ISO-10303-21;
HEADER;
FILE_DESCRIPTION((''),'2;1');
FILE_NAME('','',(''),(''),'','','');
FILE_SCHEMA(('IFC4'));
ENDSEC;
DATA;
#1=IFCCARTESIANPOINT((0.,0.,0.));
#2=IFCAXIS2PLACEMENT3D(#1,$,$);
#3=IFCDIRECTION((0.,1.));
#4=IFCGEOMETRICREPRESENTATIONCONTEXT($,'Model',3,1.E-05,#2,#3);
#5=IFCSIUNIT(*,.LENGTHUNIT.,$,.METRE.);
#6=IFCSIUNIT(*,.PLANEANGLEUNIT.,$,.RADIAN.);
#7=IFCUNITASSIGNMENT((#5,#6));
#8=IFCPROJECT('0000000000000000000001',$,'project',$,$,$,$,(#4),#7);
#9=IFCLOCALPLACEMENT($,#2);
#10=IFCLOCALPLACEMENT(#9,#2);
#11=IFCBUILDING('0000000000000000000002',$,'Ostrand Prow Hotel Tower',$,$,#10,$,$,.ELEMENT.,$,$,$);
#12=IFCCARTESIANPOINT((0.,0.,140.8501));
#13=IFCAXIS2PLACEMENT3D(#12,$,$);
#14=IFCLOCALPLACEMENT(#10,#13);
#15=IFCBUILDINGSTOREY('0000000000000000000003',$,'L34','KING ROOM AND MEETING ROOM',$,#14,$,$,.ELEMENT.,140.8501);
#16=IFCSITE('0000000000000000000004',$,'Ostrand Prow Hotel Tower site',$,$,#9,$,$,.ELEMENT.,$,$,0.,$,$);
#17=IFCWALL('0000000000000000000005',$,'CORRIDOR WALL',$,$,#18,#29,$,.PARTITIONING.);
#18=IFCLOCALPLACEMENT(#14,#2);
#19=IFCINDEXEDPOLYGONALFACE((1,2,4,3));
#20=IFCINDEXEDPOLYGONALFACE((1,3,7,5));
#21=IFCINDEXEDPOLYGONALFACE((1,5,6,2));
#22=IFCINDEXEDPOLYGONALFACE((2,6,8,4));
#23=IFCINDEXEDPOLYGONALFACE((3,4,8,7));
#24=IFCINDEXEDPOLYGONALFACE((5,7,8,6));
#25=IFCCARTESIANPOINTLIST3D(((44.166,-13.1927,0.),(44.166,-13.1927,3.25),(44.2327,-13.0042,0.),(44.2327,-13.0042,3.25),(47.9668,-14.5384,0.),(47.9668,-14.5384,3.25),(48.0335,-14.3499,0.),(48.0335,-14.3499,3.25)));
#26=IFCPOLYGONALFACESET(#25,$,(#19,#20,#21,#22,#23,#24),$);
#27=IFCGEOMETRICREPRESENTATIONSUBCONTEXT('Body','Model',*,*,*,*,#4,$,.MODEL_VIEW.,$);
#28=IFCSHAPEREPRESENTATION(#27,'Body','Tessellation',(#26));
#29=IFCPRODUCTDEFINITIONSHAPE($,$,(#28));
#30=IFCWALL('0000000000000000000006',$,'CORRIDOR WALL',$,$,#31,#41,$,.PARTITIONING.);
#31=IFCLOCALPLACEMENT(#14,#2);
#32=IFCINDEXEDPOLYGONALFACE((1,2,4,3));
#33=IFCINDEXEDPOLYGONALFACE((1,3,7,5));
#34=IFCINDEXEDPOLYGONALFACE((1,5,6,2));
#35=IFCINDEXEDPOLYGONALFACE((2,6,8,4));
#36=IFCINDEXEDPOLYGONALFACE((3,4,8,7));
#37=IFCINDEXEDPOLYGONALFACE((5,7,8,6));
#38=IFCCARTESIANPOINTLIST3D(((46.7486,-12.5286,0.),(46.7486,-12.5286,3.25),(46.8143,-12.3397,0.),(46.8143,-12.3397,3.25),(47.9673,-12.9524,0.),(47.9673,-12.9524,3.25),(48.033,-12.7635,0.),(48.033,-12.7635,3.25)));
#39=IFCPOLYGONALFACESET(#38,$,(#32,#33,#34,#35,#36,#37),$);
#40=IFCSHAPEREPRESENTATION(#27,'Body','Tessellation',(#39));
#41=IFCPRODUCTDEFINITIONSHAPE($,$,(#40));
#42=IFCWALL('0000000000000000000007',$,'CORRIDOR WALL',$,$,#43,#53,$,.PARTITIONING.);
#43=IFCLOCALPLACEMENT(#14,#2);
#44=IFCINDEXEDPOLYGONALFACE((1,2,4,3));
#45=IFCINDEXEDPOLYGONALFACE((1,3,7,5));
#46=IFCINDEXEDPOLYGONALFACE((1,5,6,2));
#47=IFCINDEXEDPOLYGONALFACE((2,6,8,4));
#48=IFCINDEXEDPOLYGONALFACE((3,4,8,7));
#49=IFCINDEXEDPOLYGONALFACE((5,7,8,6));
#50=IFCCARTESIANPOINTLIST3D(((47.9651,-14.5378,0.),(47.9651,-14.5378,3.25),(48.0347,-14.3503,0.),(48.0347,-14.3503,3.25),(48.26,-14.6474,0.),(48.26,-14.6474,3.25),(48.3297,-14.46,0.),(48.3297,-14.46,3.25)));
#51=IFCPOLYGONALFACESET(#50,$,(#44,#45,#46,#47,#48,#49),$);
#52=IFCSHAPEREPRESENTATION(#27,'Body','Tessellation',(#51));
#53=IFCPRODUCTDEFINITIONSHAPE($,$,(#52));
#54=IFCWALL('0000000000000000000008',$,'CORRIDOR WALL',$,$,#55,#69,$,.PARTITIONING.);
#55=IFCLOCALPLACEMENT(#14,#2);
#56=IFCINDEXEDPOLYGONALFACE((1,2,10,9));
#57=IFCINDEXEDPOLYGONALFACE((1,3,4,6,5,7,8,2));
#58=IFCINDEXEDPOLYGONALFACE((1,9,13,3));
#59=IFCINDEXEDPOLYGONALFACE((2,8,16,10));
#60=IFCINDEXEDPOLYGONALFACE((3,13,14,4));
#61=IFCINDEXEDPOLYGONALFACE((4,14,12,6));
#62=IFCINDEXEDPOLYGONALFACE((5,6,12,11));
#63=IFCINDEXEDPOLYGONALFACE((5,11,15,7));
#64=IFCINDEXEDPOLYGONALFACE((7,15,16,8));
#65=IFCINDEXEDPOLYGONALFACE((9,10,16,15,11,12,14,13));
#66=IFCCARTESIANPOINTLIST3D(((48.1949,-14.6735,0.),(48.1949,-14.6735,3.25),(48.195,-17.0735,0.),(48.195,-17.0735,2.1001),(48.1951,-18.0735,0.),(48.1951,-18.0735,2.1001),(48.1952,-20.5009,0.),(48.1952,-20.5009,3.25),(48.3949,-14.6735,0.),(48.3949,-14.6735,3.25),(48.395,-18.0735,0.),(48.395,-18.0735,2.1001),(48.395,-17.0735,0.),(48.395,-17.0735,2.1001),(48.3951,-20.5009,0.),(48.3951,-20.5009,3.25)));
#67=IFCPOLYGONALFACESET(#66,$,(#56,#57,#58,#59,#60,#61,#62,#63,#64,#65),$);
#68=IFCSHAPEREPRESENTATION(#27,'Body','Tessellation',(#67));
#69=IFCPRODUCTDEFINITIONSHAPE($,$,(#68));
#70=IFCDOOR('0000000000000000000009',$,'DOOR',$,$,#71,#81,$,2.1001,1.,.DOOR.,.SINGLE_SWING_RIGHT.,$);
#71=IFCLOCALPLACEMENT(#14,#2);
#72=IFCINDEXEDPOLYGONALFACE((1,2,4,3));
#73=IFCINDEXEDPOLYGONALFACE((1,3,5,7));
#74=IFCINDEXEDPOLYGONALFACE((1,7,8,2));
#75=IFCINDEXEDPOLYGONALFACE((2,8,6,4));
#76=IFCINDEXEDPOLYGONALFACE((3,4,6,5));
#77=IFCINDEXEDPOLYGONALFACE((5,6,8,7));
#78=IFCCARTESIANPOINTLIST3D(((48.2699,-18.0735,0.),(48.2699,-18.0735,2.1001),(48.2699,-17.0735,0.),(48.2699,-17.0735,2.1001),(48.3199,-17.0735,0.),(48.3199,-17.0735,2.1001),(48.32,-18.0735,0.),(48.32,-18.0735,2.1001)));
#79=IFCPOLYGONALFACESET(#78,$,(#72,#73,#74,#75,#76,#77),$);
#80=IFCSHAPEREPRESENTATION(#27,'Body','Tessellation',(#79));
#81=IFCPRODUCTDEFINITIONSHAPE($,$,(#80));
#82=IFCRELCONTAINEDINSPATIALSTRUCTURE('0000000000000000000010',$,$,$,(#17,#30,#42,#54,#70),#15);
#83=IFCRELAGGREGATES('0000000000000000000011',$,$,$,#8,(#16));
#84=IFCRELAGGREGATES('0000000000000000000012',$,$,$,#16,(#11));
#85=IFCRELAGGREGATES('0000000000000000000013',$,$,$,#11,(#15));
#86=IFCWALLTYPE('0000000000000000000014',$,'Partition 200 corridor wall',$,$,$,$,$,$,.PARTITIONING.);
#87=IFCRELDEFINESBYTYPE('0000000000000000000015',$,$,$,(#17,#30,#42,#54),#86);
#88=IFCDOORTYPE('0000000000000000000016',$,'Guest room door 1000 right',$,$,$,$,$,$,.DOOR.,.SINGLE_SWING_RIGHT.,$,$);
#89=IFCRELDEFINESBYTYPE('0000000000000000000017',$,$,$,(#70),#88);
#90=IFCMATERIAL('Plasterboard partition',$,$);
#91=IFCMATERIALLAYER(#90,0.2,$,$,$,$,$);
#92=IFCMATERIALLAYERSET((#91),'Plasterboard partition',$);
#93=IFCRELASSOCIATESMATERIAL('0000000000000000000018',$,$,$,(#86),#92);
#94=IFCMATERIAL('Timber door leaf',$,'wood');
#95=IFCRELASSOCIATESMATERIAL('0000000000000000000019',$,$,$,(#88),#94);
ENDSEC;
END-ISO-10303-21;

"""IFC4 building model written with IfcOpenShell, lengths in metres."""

from ifc_helpers import new_model, si_unit, direction, frame, frame_2d, origin, place, context, subcontext, project, spatial, rectangle, extrude, material, layer, layer_set, type_object, element, fill, save


model = new_model("IFC4")

# Units and contexts
model_context = context("Model", 3, precision=1e-05, world=origin(), true_north=direction((0.0, 1.0)))
body_context = subcontext(model_context, "Body", "Model", "MODEL_VIEW")
ifc_project = project(units=[si_unit("LENGTHUNIT", "METRE"), si_unit("PLANEANGLEUNIT", "RADIAN")], contexts=[model_context])

# Site, building, storey
site_placement = place(None, origin())
site = spatial("IfcSite", under=ifc_project, at=site_placement, Name="Ostrand Prow Hotel Tower site", CompositionType="ELEMENT", RefElevation=0.0)
building_placement = place(site_placement, origin())
building = spatial("IfcBuilding", under=site, at=building_placement, Name="Ostrand Prow Hotel Tower", CompositionType="ELEMENT")
storey_placement = place(building_placement, frame((0.0, 0.0, 140.8501)))
storey = spatial("IfcBuildingStorey", under=building, at=storey_placement, Name="L34", Description="KING ROOM AND MEETING ROOM", CompositionType="ELEMENT", Elevation=140.8501)

# Walls
ifc_material_1 = material(Name="Plasterboard partition")
ifc_layer_1 = layer(ifc_material_1, 0.2)
ifc_layer_set_1 = layer_set([ifc_layer_1], Name="Plasterboard partition")
wall_type_1 = type_object("IfcWallType", Name="Partition 200 corridor wall", PredefinedType="PARTITIONING", material=ifc_layer_set_1)
wall_1_placement = place(storey_placement, frame((44.1992, -13.0984, 0.0), z_axis=(0.0, 0.0, 1.0), x_axis=(0.942659, -0.333757, 0.0)))
element("IfcWall", 1, at=wall_1_placement, inside=storey, type_object=wall_type_1, Name="CORRIDOR WALL", PredefinedType="PARTITIONING", context=body_context, shape_type="SweptSolid", body=[
    extrude(rectangle(XDim=4.032, YDim=0.2, at=frame_2d((2.0161, 0.0))), origin(), (0.0, 0.0, 1.0), 3.25),
])
wall_2_placement = place(storey_placement, frame((48.0, -12.8579, 0.0), z_axis=(0.0, 0.0, 1.0), x_axis=(-0.944517, 0.328462, 0.0)))
element("IfcWall", 2, at=wall_2_placement, inside=storey, type_object=wall_type_1, Name="CORRIDOR WALL", PredefinedType="PARTITIONING", context=body_context, shape_type="SweptSolid", body=[
    extrude(rectangle(XDim=1.2903, YDim=0.2, at=frame_2d((0.645, 0.0))), origin(), (0.0, 0.0, 1.0), 3.25),
])
wall_3_placement = place(storey_placement, frame((48.0, -14.4441, 0.0), z_axis=(0.0, 0.0, 1.0), x_axis=(0.937346, -0.348401, 0.0)))
element("IfcWall", 3, at=wall_3_placement, inside=storey, type_object=wall_type_1, Name="CORRIDOR WALL", PredefinedType="PARTITIONING", context=body_context, shape_type="SweptSolid", body=[
    extrude(rectangle(XDim=0.3147, YDim=0.2, at=frame_2d((0.1572, 0.0))), origin(), (0.0, 0.0, 1.0), 3.25),
])

# Wall, opening, door
wall_4_placement = place(storey_placement, frame((48.2949, -14.6736, 0.0), z_axis=(0.0, 0.0, 1.0), x_axis=(0.000042, -1.0, 0.0)))
wall_4 = element("IfcWall", 4, at=wall_4_placement, inside=storey, type_object=wall_type_1, Name="CORRIDOR WALL", PredefinedType="PARTITIONING", context=body_context, shape_type="SweptSolid", body=[
    extrude(rectangle(XDim=5.8274, YDim=0.2, at=frame_2d((2.9136, 0.0))), origin(), (0.0, 0.0, 1.0), 3.25),
])
opening_1_placement = place(wall_4_placement, frame((2.3999, 0.0, 0.0)))
opening_1 = element("IfcOpeningElement", 5, at=opening_1_placement, cuts=wall_4, PredefinedType="OPENING", context=body_context, shape_type="SweptSolid", body=[
    extrude(rectangle(XDim=1.0, YDim=2.1001, at=frame_2d((0.5, 1.05))), frame((0.0, 0.1099, 0.0), z_axis=(0.0, -1.0, 0.0), x_axis=(1.0, 0.0, 0.0)), (0.0, 0.0, 1.0), 0.22),
])
ifc_material_2 = material(Name="Timber door leaf", Category="wood")
door_type_1 = type_object("IfcDoorType", Name="Guest room door 1000 right", OperationType="SINGLE_SWING_RIGHT", PredefinedType="DOOR", material=ifc_material_2)
door_1_placement = place(opening_1_placement, origin())
door_1 = element("IfcDoor", 6, at=door_1_placement, inside=storey, type_object=door_type_1, Name="DOOR", OperationType="SINGLE_SWING_RIGHT", OverallHeight=2.1001, OverallWidth=1.0, PredefinedType="DOOR", context=body_context, shape_type="SweptSolid", body=[
    extrude(rectangle(XDim=1.0, YDim=2.1001, at=frame_2d((0.5, 1.05))), frame((0.0, 0.0249, 0.0), z_axis=(0.0, -1.0, 0.0), x_axis=(1.0, 0.0, 0.0)), (0.0, 0.0, 1.0), 0.05),
])
fill(opening_1, door_1)

save(model, "model.ifc")
